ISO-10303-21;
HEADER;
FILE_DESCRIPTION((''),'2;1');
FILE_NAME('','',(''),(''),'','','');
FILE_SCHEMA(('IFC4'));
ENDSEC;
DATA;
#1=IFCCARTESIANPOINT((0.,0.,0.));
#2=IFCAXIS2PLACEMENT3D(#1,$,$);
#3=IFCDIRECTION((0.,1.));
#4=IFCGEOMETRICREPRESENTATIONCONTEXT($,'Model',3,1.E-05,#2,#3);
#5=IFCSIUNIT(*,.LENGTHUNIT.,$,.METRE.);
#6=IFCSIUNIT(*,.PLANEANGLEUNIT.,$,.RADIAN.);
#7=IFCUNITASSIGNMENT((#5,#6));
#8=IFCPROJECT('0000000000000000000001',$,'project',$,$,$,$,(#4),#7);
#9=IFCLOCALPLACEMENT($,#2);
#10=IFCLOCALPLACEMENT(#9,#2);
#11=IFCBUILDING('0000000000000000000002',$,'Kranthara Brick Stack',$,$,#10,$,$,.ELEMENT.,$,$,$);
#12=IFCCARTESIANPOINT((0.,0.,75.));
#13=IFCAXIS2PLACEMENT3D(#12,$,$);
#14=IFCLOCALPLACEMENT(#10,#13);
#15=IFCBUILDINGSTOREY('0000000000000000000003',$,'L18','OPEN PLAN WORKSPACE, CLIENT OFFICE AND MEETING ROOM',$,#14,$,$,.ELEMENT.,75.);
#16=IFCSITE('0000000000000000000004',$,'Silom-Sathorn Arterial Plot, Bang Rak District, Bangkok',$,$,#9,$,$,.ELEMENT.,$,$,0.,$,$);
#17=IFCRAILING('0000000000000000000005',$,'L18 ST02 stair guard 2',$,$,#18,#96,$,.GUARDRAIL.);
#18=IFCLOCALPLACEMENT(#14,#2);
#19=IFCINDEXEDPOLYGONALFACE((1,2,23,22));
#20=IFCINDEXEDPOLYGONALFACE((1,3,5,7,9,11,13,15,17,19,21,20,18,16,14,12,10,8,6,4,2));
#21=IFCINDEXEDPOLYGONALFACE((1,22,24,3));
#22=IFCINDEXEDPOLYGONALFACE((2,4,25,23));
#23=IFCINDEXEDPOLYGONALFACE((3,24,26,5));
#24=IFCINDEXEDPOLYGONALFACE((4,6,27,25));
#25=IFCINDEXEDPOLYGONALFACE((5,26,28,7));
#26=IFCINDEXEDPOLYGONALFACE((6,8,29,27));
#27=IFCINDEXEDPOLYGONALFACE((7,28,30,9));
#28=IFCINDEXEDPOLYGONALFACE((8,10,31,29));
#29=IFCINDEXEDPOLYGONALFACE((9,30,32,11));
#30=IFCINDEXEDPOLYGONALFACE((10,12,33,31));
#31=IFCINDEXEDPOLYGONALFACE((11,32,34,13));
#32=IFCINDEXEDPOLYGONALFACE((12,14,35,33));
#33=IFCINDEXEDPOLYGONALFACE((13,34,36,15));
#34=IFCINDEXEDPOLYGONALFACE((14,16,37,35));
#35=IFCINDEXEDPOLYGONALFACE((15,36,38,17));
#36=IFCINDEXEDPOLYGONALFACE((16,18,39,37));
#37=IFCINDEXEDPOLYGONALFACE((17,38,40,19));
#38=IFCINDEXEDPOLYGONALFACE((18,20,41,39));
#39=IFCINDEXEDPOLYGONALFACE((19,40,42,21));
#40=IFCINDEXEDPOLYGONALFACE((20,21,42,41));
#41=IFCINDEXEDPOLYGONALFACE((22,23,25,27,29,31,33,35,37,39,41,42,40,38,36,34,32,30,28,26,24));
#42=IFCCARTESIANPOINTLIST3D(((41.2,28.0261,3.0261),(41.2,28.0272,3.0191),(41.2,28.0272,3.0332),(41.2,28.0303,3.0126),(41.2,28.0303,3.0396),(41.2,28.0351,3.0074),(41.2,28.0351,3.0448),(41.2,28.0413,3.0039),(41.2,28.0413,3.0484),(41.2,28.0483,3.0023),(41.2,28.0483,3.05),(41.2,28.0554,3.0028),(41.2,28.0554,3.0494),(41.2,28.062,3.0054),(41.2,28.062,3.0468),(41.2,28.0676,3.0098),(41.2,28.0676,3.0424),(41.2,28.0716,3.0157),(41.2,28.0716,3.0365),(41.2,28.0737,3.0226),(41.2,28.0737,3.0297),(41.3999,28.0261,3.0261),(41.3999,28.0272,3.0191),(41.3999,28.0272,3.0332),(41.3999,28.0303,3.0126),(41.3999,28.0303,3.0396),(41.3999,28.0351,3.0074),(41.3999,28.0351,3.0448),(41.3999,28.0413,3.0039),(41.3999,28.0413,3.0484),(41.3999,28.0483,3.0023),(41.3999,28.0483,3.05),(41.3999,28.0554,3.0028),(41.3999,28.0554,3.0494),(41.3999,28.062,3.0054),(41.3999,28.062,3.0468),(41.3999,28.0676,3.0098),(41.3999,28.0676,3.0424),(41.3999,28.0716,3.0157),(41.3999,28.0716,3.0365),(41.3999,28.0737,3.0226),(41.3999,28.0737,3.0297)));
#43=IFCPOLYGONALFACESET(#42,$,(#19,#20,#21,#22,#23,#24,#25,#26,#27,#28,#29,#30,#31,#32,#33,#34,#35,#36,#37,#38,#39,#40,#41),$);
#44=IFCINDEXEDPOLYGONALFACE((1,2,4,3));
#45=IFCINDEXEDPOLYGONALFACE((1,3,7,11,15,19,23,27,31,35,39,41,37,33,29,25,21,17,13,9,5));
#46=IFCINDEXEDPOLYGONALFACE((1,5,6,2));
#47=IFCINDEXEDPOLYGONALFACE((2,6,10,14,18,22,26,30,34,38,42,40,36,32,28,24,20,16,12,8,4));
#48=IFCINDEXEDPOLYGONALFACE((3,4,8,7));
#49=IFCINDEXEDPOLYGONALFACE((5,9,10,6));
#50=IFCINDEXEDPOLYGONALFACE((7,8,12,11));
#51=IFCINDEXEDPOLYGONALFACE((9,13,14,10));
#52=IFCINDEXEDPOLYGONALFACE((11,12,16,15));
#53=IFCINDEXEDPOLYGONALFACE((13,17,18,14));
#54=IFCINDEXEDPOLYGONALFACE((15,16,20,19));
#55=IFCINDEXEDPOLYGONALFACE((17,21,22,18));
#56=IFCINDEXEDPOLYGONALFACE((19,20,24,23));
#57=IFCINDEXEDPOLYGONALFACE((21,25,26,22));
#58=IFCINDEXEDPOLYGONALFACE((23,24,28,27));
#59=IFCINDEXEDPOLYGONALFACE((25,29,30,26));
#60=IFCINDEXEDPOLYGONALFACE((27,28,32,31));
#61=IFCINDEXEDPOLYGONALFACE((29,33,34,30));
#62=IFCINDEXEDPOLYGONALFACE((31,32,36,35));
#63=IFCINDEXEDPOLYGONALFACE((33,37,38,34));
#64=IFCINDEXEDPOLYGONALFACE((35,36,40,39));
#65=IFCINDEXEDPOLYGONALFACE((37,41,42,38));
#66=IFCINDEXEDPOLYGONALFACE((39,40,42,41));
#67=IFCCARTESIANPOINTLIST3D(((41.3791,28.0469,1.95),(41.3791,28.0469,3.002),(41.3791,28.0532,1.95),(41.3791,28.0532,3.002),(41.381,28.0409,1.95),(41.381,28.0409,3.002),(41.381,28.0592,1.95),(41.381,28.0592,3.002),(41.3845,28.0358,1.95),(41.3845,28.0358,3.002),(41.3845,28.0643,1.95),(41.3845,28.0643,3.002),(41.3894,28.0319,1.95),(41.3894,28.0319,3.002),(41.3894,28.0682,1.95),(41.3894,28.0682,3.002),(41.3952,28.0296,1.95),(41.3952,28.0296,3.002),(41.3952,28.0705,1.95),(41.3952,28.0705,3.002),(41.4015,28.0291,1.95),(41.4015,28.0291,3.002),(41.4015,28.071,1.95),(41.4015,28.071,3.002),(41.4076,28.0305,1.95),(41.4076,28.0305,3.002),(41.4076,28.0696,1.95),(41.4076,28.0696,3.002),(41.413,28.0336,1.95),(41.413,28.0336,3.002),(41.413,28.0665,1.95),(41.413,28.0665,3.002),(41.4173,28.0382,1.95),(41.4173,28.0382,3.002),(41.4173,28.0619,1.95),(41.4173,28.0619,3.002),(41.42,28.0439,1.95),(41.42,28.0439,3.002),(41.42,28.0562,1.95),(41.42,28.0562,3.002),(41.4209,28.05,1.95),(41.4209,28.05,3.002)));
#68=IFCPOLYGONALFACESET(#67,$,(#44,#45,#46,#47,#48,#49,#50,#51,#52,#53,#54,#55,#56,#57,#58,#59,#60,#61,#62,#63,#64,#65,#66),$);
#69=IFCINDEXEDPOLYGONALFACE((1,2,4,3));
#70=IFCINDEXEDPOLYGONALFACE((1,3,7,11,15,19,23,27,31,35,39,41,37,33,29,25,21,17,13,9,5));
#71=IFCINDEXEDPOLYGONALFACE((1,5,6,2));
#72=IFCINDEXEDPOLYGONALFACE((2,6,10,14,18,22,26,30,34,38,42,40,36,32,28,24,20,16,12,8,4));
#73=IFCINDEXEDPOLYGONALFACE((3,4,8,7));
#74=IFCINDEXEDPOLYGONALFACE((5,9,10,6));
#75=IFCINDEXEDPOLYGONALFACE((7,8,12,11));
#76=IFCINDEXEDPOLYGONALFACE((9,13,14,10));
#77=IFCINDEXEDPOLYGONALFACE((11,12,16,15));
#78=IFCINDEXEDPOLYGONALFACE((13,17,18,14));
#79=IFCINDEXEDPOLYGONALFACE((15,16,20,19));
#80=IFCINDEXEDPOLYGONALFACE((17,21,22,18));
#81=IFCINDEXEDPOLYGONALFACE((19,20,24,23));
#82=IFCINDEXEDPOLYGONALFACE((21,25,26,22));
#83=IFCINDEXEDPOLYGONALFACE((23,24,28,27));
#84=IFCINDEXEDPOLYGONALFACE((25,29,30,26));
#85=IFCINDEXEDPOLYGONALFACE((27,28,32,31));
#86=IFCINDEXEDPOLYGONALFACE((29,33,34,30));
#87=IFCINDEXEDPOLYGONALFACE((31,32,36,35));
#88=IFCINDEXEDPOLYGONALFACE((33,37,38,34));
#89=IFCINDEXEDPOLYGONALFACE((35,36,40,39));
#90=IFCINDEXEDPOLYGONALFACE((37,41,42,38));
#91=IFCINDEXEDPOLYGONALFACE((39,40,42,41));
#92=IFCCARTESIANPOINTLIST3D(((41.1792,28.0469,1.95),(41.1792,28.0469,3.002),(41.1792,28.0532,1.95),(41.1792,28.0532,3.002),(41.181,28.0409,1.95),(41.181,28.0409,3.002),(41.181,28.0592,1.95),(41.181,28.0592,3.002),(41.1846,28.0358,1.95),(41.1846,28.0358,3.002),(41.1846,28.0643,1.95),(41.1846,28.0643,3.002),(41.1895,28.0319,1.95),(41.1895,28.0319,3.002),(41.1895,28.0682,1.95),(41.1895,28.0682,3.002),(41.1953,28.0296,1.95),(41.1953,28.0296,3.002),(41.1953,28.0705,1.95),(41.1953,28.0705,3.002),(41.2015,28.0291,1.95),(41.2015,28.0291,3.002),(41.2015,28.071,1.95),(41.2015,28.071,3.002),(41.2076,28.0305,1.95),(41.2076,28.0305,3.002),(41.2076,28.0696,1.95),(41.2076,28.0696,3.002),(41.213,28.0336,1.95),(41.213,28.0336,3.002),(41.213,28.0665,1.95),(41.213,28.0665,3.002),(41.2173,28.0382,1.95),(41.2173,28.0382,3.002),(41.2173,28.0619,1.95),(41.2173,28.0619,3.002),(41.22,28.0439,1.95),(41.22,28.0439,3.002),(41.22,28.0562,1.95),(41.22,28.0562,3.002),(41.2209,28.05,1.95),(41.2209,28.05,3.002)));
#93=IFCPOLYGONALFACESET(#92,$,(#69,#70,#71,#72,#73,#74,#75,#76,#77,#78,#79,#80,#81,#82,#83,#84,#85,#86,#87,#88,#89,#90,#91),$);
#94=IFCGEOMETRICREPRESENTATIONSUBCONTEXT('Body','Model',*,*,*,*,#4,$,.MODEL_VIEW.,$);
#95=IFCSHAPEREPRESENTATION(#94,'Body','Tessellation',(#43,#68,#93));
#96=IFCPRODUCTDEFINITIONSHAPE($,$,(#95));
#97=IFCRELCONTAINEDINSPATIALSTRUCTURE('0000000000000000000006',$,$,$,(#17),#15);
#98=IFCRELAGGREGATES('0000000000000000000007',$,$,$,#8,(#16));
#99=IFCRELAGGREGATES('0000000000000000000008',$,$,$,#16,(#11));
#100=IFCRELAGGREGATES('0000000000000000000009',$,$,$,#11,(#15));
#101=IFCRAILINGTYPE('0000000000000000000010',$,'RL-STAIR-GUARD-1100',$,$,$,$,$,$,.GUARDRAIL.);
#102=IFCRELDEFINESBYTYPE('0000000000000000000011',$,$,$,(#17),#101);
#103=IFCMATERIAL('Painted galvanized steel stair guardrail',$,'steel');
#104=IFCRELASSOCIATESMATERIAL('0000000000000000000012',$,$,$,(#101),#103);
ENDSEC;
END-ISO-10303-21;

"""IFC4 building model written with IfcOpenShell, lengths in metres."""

from ifc_helpers import new_model, si_unit, direction, frame, origin, origin_2d, place, context, subcontext, project, spatial, circle, extrude, material, type_object, element, save


model = new_model("IFC4")

# Units and contexts
model_context = context("Model", 3, precision=1e-05, world=origin(), true_north=direction((0.0, 1.0)))
body_context = subcontext(model_context, "Body", "Model", "MODEL_VIEW")
ifc_project = project(units=[si_unit("LENGTHUNIT", "METRE"), si_unit("PLANEANGLEUNIT", "RADIAN")], contexts=[model_context])

# Site, building, storey
site_placement = place(None, origin())
site = spatial("IfcSite", under=ifc_project, at=site_placement, Name="Silom-Sathorn Arterial Plot, Bang Rak District, Bangkok", CompositionType="ELEMENT", RefElevation=0.0)
building_placement = place(site_placement, origin())
building = spatial("IfcBuilding", under=site, at=building_placement, Name="Kranthara Brick Stack", CompositionType="ELEMENT")
storey_placement = place(building_placement, frame((0.0, 0.0, 75.0)))
storey = spatial("IfcBuildingStorey", under=building, at=storey_placement, Name="L18", Description="OPEN PLAN WORKSPACE, CLIENT OFFICE AND MEETING ROOM", CompositionType="ELEMENT", Elevation=75.0)

# Railing
ifc_material_1 = material(Name="Painted galvanized steel stair guardrail", Category="steel")
railing_type_1 = type_object("IfcRailingType", Name="RL-STAIR-GUARD-1100", PredefinedType="GUARDRAIL", material=ifc_material_1)
railing_1_placement = place(storey_placement, frame((41.3999, 28.05, 1.95)))
element("IfcRailing", 1, at=railing_1_placement, inside=storey, type_object=railing_type_1, Name="L18 ST02 stair guard 2", PredefinedType="GUARDRAIL", context=body_context, shape_type="SweptSolid", body=[
    extrude(circle(Radius=0.0239, at=origin_2d()), frame((0.0, 0.0, 1.0762), z_axis=(-1.0, 0.0, 0.0), x_axis=(0.0, -1.0, 0.0)), (0.0, 0.0, 1.0), 0.2),
    extrude(circle(Radius=0.021, at=origin_2d()), origin(), (0.0, 0.0, 1.0), 1.052),
    extrude(circle(Radius=0.021, at=origin_2d()), frame((-0.2, 0.0, 0.0)), (0.0, 0.0, 1.0), 1.052),
])

save(model, "model.ifc")
